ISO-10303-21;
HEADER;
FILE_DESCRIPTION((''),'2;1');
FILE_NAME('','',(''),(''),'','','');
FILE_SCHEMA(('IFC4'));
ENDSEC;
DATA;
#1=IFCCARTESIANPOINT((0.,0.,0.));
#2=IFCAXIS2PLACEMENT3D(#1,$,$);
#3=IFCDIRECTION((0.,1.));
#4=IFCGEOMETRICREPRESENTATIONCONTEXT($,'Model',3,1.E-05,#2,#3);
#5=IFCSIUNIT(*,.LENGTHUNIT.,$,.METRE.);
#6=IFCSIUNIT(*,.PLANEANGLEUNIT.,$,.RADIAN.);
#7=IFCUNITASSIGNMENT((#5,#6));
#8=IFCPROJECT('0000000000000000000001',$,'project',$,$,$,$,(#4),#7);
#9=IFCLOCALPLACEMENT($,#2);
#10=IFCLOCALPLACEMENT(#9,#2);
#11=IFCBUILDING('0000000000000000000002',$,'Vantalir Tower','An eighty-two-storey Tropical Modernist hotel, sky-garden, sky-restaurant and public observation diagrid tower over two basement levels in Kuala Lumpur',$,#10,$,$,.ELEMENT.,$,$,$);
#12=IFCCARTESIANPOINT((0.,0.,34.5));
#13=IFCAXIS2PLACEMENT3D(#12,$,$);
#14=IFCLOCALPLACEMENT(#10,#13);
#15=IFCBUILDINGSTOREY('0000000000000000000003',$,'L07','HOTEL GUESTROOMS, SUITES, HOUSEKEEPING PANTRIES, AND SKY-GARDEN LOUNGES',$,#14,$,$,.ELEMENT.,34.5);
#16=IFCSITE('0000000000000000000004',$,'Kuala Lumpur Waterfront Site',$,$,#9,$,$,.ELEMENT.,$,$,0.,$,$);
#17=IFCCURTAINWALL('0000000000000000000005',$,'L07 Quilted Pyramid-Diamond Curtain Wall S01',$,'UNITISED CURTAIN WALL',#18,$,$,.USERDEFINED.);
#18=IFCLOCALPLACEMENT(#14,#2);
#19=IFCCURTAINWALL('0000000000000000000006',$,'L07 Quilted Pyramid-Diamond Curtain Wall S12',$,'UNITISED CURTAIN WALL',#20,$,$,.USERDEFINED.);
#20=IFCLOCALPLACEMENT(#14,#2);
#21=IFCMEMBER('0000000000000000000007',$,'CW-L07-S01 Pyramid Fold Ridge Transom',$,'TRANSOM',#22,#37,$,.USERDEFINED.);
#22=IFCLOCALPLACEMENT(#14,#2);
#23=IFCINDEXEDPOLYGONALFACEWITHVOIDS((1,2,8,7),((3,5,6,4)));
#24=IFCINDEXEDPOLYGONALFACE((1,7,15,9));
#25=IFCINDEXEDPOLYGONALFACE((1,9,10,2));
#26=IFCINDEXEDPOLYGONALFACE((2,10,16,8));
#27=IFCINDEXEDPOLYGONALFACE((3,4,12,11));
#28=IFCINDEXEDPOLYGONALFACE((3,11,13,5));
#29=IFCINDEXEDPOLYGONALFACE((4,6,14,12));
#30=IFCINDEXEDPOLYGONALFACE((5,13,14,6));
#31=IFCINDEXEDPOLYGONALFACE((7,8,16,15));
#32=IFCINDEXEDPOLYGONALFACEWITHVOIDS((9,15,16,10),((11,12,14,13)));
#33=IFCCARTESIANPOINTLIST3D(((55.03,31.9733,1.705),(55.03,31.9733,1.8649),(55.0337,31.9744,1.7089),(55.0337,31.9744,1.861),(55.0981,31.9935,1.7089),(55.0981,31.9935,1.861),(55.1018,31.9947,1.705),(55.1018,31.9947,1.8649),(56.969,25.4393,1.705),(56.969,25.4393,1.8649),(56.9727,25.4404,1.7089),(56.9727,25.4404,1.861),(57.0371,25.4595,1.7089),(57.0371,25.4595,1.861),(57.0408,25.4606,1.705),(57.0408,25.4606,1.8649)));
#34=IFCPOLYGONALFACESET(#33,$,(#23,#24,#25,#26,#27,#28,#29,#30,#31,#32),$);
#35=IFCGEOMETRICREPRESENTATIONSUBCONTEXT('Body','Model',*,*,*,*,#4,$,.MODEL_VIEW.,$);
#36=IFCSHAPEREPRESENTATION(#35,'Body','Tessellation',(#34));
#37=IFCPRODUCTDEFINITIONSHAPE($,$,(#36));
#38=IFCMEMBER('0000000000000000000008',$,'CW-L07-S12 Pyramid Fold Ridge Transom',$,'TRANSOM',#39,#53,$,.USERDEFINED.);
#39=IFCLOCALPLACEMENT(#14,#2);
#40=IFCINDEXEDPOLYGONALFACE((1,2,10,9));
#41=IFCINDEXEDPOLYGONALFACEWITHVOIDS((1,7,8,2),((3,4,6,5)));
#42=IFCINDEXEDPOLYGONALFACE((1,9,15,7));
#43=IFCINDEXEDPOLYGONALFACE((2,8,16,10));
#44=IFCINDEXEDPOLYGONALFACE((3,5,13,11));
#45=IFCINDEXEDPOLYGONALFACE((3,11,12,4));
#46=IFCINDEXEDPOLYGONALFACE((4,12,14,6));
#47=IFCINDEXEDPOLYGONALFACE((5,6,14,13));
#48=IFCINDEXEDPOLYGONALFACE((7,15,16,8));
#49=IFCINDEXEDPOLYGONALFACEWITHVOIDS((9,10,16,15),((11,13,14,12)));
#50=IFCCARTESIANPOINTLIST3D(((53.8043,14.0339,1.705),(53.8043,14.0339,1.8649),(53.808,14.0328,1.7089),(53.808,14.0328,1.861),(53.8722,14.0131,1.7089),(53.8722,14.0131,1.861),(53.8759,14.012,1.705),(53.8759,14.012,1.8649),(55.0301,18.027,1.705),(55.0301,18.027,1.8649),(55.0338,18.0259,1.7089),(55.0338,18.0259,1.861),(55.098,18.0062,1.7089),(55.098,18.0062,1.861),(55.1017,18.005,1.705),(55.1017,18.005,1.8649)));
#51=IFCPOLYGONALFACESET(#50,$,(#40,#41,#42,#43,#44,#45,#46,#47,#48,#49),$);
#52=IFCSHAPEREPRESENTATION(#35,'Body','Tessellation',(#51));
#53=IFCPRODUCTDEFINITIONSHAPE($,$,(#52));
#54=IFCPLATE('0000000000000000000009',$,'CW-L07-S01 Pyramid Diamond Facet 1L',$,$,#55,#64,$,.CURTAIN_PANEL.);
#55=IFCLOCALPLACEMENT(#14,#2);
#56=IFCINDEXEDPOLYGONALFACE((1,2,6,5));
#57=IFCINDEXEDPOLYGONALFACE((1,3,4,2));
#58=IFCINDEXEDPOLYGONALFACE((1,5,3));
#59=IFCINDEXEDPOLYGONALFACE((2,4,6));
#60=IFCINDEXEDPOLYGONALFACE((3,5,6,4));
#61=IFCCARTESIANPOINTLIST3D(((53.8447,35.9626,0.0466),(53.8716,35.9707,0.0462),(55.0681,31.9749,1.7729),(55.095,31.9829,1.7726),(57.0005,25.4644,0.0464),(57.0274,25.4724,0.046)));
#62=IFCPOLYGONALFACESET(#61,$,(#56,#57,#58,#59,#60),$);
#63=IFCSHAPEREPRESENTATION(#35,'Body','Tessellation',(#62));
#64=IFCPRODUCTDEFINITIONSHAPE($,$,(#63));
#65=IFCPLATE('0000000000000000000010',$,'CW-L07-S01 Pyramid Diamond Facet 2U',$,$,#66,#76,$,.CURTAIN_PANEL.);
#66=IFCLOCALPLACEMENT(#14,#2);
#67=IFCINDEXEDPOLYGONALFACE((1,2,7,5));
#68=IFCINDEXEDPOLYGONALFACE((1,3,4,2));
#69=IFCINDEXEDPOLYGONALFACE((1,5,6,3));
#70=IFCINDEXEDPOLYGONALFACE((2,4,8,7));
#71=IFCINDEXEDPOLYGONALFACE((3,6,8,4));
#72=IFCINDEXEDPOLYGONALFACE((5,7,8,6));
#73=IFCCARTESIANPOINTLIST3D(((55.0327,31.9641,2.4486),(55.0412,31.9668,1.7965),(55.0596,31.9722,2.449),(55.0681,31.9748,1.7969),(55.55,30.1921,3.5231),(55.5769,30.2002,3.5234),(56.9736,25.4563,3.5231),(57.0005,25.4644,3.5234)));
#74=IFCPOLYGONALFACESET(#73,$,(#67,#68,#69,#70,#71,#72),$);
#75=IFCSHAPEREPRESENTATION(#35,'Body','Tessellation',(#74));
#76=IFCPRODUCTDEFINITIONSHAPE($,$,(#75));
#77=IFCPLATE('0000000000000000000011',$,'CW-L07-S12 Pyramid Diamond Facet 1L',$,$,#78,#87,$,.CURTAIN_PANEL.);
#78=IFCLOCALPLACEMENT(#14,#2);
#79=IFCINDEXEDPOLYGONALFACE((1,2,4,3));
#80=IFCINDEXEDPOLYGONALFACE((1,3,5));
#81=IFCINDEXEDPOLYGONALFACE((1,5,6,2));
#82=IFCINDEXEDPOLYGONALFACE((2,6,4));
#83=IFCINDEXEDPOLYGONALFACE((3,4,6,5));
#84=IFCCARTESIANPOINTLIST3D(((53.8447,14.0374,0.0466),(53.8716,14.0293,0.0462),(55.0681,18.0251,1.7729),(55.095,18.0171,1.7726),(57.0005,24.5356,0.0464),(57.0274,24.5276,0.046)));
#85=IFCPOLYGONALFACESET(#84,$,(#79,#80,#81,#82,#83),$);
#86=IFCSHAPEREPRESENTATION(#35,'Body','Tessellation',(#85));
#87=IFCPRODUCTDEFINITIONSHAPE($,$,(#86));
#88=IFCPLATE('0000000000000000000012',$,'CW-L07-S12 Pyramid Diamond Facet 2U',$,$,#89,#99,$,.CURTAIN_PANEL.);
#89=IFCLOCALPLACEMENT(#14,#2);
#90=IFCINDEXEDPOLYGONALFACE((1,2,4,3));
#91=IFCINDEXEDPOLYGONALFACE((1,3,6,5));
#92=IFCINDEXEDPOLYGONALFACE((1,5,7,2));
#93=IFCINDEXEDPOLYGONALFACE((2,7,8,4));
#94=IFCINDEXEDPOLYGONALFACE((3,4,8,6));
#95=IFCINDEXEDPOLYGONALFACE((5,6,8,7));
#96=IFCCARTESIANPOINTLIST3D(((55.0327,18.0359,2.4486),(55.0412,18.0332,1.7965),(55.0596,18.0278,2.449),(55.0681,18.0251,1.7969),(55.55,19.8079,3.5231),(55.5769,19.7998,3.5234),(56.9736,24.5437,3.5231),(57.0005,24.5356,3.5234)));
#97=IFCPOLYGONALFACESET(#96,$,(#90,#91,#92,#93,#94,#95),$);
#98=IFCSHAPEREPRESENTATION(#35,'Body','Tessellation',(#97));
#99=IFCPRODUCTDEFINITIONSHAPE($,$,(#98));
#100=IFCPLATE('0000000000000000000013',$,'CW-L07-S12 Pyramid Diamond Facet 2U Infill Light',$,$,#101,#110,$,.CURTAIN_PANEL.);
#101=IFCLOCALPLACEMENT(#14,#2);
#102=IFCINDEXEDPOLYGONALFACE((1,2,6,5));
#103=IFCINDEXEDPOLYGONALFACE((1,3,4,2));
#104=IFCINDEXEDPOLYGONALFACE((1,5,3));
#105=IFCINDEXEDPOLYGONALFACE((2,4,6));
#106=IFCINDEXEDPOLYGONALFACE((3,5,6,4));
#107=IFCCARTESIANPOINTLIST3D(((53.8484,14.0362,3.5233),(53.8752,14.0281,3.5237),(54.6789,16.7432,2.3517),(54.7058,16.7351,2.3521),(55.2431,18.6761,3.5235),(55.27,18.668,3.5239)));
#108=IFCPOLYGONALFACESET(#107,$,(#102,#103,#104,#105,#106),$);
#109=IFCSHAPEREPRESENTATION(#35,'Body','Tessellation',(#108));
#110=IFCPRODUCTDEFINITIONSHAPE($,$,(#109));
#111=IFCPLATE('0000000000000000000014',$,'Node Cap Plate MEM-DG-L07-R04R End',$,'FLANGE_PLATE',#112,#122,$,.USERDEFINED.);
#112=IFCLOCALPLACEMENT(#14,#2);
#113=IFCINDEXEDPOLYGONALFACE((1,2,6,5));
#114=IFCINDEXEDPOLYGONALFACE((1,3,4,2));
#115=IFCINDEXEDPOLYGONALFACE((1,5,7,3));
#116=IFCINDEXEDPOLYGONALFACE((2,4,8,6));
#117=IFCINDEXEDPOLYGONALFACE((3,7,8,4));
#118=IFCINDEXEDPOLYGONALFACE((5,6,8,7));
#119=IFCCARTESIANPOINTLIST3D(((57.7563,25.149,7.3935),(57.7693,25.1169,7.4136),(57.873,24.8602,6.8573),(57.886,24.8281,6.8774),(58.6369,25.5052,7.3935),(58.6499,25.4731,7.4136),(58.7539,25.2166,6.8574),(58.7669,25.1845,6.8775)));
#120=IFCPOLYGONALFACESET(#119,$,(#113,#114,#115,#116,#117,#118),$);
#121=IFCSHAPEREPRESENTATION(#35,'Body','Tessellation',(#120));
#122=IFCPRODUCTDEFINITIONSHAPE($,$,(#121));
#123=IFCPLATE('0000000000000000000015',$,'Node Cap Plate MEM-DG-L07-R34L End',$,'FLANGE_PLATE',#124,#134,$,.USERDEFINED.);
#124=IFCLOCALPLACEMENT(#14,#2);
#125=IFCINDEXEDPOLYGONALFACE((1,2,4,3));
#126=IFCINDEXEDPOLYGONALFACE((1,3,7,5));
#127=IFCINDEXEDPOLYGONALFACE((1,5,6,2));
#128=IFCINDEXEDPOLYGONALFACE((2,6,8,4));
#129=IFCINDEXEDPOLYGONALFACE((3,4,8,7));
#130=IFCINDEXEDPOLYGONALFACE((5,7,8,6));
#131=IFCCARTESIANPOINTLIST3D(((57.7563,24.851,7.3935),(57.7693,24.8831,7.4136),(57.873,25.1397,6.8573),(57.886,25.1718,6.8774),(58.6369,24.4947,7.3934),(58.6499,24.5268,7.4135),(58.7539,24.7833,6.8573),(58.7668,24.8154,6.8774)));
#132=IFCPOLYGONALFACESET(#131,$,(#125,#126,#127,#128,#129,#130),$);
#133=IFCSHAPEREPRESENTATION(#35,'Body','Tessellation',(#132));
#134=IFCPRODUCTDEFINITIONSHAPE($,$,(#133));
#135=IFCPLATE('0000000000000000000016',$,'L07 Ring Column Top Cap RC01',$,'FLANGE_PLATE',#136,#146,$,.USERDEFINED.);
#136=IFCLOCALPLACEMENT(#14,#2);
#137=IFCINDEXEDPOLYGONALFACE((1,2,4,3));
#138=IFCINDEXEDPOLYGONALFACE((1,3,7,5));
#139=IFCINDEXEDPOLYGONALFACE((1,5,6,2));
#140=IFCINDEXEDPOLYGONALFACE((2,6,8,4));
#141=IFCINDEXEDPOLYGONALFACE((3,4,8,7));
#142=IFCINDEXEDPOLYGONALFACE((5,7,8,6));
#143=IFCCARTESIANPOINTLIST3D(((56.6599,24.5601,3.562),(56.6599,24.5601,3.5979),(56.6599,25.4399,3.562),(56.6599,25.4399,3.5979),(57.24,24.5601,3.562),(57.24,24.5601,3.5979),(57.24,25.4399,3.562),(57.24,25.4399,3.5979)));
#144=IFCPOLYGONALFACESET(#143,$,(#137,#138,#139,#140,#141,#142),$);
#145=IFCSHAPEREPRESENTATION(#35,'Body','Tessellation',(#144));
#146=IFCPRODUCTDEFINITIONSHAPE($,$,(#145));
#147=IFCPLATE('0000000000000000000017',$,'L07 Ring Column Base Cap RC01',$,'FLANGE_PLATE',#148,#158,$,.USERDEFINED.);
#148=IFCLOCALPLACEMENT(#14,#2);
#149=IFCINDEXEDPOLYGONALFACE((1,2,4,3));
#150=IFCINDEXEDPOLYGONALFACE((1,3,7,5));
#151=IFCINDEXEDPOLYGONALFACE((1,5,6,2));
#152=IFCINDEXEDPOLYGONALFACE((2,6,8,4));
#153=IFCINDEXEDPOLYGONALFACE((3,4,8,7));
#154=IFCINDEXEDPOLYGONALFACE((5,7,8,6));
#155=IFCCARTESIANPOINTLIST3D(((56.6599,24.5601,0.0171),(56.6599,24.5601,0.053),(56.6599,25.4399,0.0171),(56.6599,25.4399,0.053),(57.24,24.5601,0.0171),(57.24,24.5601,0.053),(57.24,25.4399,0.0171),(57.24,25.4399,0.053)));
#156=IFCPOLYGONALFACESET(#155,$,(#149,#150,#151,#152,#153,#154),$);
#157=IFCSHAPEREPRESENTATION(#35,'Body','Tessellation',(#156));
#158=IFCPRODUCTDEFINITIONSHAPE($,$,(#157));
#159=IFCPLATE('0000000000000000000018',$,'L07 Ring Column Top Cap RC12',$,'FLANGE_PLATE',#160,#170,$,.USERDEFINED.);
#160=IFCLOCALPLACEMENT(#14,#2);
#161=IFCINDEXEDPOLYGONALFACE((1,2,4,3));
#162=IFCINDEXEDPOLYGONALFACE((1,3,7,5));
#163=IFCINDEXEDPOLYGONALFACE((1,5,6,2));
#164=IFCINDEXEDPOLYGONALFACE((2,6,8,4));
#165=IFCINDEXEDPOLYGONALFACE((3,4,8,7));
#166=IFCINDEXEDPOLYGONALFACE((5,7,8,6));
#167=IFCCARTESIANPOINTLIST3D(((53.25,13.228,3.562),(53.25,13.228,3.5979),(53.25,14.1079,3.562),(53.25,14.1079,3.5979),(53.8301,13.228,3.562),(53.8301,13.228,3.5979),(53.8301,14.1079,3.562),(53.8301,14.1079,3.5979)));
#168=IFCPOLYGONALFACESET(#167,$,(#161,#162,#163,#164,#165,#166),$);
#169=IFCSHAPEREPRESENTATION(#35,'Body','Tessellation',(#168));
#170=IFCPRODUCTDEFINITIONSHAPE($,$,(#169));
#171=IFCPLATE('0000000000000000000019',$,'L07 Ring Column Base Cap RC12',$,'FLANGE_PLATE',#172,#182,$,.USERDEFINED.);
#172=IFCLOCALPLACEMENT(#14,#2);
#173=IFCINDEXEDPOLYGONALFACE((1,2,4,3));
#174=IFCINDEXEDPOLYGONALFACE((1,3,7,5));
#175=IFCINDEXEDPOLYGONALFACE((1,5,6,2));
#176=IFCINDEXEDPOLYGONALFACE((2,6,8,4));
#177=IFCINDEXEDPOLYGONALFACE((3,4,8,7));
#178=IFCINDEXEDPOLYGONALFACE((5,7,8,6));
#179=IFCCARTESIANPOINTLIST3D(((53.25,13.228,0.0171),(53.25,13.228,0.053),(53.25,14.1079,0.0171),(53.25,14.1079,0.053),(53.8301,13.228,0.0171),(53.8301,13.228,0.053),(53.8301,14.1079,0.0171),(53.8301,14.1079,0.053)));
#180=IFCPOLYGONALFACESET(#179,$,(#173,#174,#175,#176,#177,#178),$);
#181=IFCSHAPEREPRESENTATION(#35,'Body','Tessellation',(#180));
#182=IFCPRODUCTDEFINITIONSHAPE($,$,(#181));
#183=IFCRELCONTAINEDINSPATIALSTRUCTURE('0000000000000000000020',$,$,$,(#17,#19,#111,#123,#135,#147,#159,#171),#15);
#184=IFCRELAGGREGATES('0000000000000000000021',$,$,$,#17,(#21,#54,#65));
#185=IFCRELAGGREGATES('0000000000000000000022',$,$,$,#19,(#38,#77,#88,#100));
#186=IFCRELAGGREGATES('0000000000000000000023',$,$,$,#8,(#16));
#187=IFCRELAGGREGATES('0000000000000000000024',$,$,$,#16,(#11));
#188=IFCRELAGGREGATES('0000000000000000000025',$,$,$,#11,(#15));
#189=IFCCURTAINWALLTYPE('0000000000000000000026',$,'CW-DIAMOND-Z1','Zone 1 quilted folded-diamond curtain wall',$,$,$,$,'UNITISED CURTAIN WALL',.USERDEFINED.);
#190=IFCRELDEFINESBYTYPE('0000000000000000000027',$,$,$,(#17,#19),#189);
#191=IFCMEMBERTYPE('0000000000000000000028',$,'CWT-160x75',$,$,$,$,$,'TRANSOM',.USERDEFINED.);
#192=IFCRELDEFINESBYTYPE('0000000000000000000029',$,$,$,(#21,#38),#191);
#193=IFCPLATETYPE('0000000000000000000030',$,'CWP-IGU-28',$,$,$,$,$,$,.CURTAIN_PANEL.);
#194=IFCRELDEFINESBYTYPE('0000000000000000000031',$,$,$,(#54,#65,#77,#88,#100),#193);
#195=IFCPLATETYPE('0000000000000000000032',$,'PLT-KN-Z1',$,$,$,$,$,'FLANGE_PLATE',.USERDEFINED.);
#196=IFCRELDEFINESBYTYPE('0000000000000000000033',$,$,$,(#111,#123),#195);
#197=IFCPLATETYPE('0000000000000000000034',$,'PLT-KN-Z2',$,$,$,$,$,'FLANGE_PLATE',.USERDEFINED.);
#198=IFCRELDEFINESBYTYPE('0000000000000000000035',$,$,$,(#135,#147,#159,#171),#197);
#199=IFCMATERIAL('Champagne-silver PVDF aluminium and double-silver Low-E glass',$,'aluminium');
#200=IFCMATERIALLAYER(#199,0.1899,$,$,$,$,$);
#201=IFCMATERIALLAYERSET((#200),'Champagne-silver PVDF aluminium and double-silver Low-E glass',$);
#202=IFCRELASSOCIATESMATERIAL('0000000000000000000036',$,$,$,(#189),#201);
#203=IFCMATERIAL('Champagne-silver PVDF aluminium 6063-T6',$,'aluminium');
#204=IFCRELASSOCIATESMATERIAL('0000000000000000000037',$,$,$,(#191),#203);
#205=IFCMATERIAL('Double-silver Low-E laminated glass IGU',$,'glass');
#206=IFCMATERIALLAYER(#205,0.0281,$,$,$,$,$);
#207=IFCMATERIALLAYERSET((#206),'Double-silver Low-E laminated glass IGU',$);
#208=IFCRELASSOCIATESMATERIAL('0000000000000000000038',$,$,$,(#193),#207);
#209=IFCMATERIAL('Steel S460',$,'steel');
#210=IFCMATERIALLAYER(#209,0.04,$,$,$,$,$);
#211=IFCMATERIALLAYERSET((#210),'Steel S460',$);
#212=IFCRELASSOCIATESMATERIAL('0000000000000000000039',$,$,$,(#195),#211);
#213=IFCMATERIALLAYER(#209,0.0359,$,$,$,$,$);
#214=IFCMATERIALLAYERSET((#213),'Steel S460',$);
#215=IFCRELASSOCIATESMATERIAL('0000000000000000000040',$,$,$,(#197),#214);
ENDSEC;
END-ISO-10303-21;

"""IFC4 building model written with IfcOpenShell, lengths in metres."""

from ifc_helpers import new_model, si_unit, direction, frame, origin, origin_2d, place, context, subcontext, project, spatial, polyline, hollow_rectangle, outline, extrude, material, layer, layer_set, material_profile, profile_set, type_object, element, aggregate, save


model = new_model("IFC4")

# Units and contexts
model_context = context("Model", 3, precision=1e-05, world=origin(), true_north=direction((0.0, 1.0)))
body_context = subcontext(model_context, "Body", "Model", "MODEL_VIEW")
ifc_project = project(units=[si_unit("LENGTHUNIT", "METRE"), si_unit("PLANEANGLEUNIT", "RADIAN")], contexts=[model_context])

# Site, building, storey
site_placement = place(None, origin())
site = spatial("IfcSite", under=ifc_project, at=site_placement, Name="Kuala Lumpur Waterfront Site", CompositionType="ELEMENT", RefElevation=0.0)
building_placement = place(site_placement, origin())
building = spatial("IfcBuilding", under=site, at=building_placement, Name="Vantalir Tower", Description="An eighty-two-storey Tropical Modernist hotel, sky-garden, sky-restaurant and public observation diagrid tower over two basement levels in Kuala Lumpur", CompositionType="ELEMENT")
storey_placement = place(building_placement, frame((0.0, 0.0, 34.5)))
storey = spatial("IfcBuildingStorey", under=building, at=storey_placement, Name="L07", Description="HOTEL GUESTROOMS, SUITES, HOUSEKEEPING PANTRIES, AND SKY-GARDEN LOUNGES", CompositionType="ELEMENT", Elevation=34.5)

# Shared definitions
ifc_material_1 = material(Name="Steel S460", Category="steel")

# Curtain wall
ifc_material_2 = material(Name="Champagne-silver PVDF aluminium and double-silver Low-E glass", Category="aluminium")
ifc_layer_1 = layer(ifc_material_2, 0.1899)
ifc_layer_set_1 = layer_set([ifc_layer_1], Name="Champagne-silver PVDF aluminium and double-silver Low-E glass")
curtain_wall_type = type_object("IfcCurtainWallType", Name="CW-DIAMOND-Z1", Description="Zone 1 quilted folded-diamond curtain wall", ElementType="UNITISED CURTAIN WALL", PredefinedType="USERDEFINED", material=ifc_layer_set_1)
curtain_wall_1_placement = place(storey_placement, origin())
curtain_wall_1 = element("IfcCurtainWall", 1, at=curtain_wall_1_placement, inside=storey, type_object=curtain_wall_type, Name="L07 Quilted Pyramid-Diamond Curtain Wall S01", ObjectType="UNITISED CURTAIN WALL", PredefinedType="USERDEFINED")
ifc_material_3 = material(Name="Champagne-silver PVDF aluminium 6063-T6", Category="aluminium")

# Curtain wall
curtain_wall_2_placement = place(storey_placement, origin())
curtain_wall_2 = element("IfcCurtainWall", 2, at=curtain_wall_2_placement, inside=storey, type_object=curtain_wall_type, Name="L07 Quilted Pyramid-Diamond Curtain Wall S12", ObjectType="UNITISED CURTAIN WALL", PredefinedType="USERDEFINED")

# Members
ifc_material_profile_1 = material_profile(ifc_material_3, hollow_rectangle(XDim=0.075, YDim=0.1599, WallThickness=0.0039, at=origin_2d()), Name="Champagne-silver PVDF aluminium 6063-T6")
ifc_profile_set_1 = profile_set([ifc_material_profile_1], Name="Champagne-silver PVDF aluminium 6063-T6")
member_type_1 = type_object("IfcMemberType", Name="CWT-160x75", ElementType="TRANSOM", PredefinedType="USERDEFINED", material=ifc_profile_set_1)
member_1_placement = place(storey_placement, frame((57.0049, 25.45, 1.7849), z_axis=(-0.284491, 0.958679, 0.0), x_axis=(-0.958679, -0.284491, 0.0)))
member_1 = element("IfcMember", 3, at=member_1_placement, type_object=member_type_1, Name="CW-L07-S01 Pyramid Fold Ridge Transom", ObjectType="TRANSOM", PredefinedType="USERDEFINED", context=body_context, shape_type="SweptSolid", body=[
    extrude(hollow_rectangle(XDim=0.075, YDim=0.1599, WallThickness=0.0039, at=origin_2d()), origin(), (0.0, 0.0, 1.0), 6.8157),
])
member_2_placement = place(storey_placement, frame((53.8401, 14.0229, 1.7849), z_axis=(0.293466, 0.95597, 0.0), x_axis=(-0.95597, 0.293466, 0.0)))
member_2 = element("IfcMember", 4, at=member_2_placement, type_object=member_type_1, Name="CW-L07-S12 Pyramid Fold Ridge Transom", ObjectType="TRANSOM", PredefinedType="USERDEFINED", context=body_context, shape_type="SweptSolid", body=[
    extrude(hollow_rectangle(XDim=0.075, YDim=0.1599, WallThickness=0.0039, at=origin_2d()), origin(), (0.0, 0.0, 1.0), 4.177),
])

# Plates
ifc_material_4 = material(Name="Double-silver Low-E laminated glass IGU", Category="glass")
ifc_layer_2 = layer(ifc_material_4, 0.0281)
ifc_layer_set_2 = layer_set([ifc_layer_2], Name="Double-silver Low-E laminated glass IGU")
plate_type_1 = type_object("IfcPlateType", Name="CWP-IGU-28", PredefinedType="CURTAIN_PANEL", material=ifc_layer_set_2)
plate_1_placement = place(storey_placement, frame((57.0005, 25.4644, 0.0464), z_axis=(-0.957579, -0.287846, 0.013682), x_axis=(-0.287873, 0.957669, 0.000022)))
plate_1 = element("IfcPlate", 5, at=plate_1_placement, type_object=plate_type_1, Name="CW-L07-S01 Pyramid Diamond Facet 1L", PredefinedType="CURTAIN_PANEL", context=body_context, shape_type="SweptSolid", body=[
    extrude(outline(polyline([(0.0, 0.0), (10.9623, 0.0), (6.7912, -1.7266), (0.0, 0.0)])), origin(), (0.0, 0.0, -1.0), 0.0281),
])
plate_2_placement = place(storey_placement, frame((57.0005, 25.4644, 3.5234), z_axis=(0.957577, 0.287852, 0.013688), x_axis=(-0.287879, 0.957667, 0.0)))
plate_2 = element("IfcPlate", 6, at=plate_2_placement, type_object=plate_type_1, Name="CW-L07-S01 Pyramid Diamond Facet 2U", PredefinedType="CURTAIN_PANEL", context=body_context, shape_type="SweptSolid", body=[
    extrude(outline(polyline([(0.0, 0.0), (4.9452, 0.0), (6.7911, -1.0746), (6.7912, -1.7267), (0.0, 0.0)])), origin(), (0.0, 0.0, -1.0), 0.0281),
])
aggregate(curtain_wall_1, [member_1, plate_1, plate_2])
plate_3_placement = place(storey_placement, frame((53.8447, 14.0374, 0.0466), z_axis=(-0.957579, 0.287846, 0.013682), x_axis=(0.287873, 0.957669, -0.000022)))
plate_3 = element("IfcPlate", 7, at=plate_3_placement, type_object=plate_type_1, Name="CW-L07-S12 Pyramid Diamond Facet 1L", PredefinedType="CURTAIN_PANEL", context=body_context, shape_type="SweptSolid", body=[
    extrude(outline(polyline([(0.0, 0.0), (10.9623, 0.0), (4.1711, -1.7266), (0.0, 0.0)])), origin(), (0.0, 0.0, -1.0), 0.0281),
])
plate_4_placement = place(storey_placement, frame((55.5769, 19.7998, 3.5234), z_axis=(0.957577, -0.287852, 0.013688), x_axis=(0.287879, 0.957667, 0.0)))
plate_4 = element("IfcPlate", 8, at=plate_4_placement, type_object=plate_type_1, Name="CW-L07-S12 Pyramid Diamond Facet 2U", PredefinedType="CURTAIN_PANEL", context=body_context, shape_type="SweptSolid", body=[
    extrude(outline(polyline([(0.0, 0.0), (4.9452, 0.0), (-1.846, -1.7267), (-1.8459, -1.0746), (0.0, 0.0)])), origin(), (0.0, 0.0, -1.0), 0.0281),
])
plate_5_placement = place(storey_placement, frame((53.8752, 14.0281, 3.5237), z_axis=(0.957576, -0.287853, 0.013745), x_axis=(0.287879, 0.957667, 0.00005)))
plate_5 = element("IfcPlate", 9, at=plate_5_placement, type_object=plate_type_1, Name="CW-L07-S12 Pyramid Diamond Facet 2U Infill Light", PredefinedType="CURTAIN_PANEL", context=body_context, shape_type="SweptSolid", body=[
    extrude(outline(polyline([(0.0, 0.0), (4.845, 0.0), (2.8315, -1.1719), (0.0, 0.0)])), origin(), (0.0, 0.0, -1.0), 0.0281),
])
aggregate(curtain_wall_2, [member_2, plate_3, plate_4, plate_5])

# Plates
ifc_layer_3 = layer(ifc_material_1, 0.04)
ifc_layer_set_3 = layer_set([ifc_layer_3], Name="Steel S460")
plate_type_2 = type_object("IfcPlateType", Name="PLT-KN-Z1", ElementType="FLANGE_PLATE", PredefinedType="USERDEFINED", material=ifc_layer_set_3)
plate_6_placement = place(storey_placement, frame((57.886, 24.8281, 6.8774), z_axis=(0.324298, -0.801579, 0.502297), x_axis=(0.927001, 0.37506, 0.000031)))
element("IfcPlate", 10, at=plate_6_placement, inside=storey, type_object=plate_type_2, Name="Node Cap Plate MEM-DG-L07-R04R End", ObjectType="FLANGE_PLATE", PredefinedType="USERDEFINED", context=body_context, shape_type="SweptSolid", body=[
    extrude(outline(polyline([(0.0, 0.0), (0.9502, 0.0), (0.9501, 0.62), (0.0002, 0.6201), (0.0, 0.0)])), origin(), (0.0, 0.0, -1.0), 0.04),
])
plate_7_placement = place(storey_placement, frame((58.7668, 24.8154, 6.8774), z_axis=(0.324298, 0.801579, 0.502297), x_axis=(-0.927001, 0.37506, -0.000031)))
element("IfcPlate", 11, at=plate_7_placement, inside=storey, type_object=plate_type_2, Name="Node Cap Plate MEM-DG-L07-R34L End", ObjectType="FLANGE_PLATE", PredefinedType="USERDEFINED", context=body_context, shape_type="SweptSolid", body=[
    extrude(outline(polyline([(0.0, 0.0), (0.9502, 0.0), (0.9501, 0.6201), (0.0002, 0.62), (0.0, 0.0)])), origin(), (0.0, 0.0, -1.0), 0.04),
])
ifc_layer_4 = layer(ifc_material_1, 0.0359)
ifc_layer_set_4 = layer_set([ifc_layer_4], Name="Steel S460")
plate_type_3 = type_object("IfcPlateType", Name="PLT-KN-Z2", ElementType="FLANGE_PLATE", PredefinedType="USERDEFINED", material=ifc_layer_set_4)
for number, where, z_axis, x_axis, name in (
    (12, (56.6599, 25.4399, 3.5979), (0.0, 0.0, 1.0), (0.0, -1.0, 0.0), "L07 Ring Column Top Cap RC01"),
    (13, (56.6599, 25.4399, 0.053), (0.0, 0.0, 1.0), (0.0, -1.0, 0.0), "L07 Ring Column Base Cap RC01"),
    (14, (53.25, 14.1079, 3.5979), (0.0, 0.0, 1.0), (0.0, -1.0, 0.0), "L07 Ring Column Top Cap RC12"),
    (15, (53.25, 14.1079, 0.053), (0.0, 0.0, 1.0), (0.0, -1.0, 0.0), "L07 Ring Column Base Cap RC12"),
):
    element("IfcPlate", number, at=place(storey_placement, frame(where, z_axis=z_axis, x_axis=x_axis)), inside=storey, type_object=plate_type_3, Name=name, ObjectType="FLANGE_PLATE", PredefinedType="USERDEFINED", context=body_context, shape_type="SweptSolid", body=[
        extrude(outline(polyline([(0.0, 0.0), (0.8799, 0.0), (0.8799, 0.5801), (0.0, 0.5801), (0.0, 0.0)])), origin(), (0.0, 0.0, -1.0), 0.0359),
    ])

save(model, "model.ifc")
